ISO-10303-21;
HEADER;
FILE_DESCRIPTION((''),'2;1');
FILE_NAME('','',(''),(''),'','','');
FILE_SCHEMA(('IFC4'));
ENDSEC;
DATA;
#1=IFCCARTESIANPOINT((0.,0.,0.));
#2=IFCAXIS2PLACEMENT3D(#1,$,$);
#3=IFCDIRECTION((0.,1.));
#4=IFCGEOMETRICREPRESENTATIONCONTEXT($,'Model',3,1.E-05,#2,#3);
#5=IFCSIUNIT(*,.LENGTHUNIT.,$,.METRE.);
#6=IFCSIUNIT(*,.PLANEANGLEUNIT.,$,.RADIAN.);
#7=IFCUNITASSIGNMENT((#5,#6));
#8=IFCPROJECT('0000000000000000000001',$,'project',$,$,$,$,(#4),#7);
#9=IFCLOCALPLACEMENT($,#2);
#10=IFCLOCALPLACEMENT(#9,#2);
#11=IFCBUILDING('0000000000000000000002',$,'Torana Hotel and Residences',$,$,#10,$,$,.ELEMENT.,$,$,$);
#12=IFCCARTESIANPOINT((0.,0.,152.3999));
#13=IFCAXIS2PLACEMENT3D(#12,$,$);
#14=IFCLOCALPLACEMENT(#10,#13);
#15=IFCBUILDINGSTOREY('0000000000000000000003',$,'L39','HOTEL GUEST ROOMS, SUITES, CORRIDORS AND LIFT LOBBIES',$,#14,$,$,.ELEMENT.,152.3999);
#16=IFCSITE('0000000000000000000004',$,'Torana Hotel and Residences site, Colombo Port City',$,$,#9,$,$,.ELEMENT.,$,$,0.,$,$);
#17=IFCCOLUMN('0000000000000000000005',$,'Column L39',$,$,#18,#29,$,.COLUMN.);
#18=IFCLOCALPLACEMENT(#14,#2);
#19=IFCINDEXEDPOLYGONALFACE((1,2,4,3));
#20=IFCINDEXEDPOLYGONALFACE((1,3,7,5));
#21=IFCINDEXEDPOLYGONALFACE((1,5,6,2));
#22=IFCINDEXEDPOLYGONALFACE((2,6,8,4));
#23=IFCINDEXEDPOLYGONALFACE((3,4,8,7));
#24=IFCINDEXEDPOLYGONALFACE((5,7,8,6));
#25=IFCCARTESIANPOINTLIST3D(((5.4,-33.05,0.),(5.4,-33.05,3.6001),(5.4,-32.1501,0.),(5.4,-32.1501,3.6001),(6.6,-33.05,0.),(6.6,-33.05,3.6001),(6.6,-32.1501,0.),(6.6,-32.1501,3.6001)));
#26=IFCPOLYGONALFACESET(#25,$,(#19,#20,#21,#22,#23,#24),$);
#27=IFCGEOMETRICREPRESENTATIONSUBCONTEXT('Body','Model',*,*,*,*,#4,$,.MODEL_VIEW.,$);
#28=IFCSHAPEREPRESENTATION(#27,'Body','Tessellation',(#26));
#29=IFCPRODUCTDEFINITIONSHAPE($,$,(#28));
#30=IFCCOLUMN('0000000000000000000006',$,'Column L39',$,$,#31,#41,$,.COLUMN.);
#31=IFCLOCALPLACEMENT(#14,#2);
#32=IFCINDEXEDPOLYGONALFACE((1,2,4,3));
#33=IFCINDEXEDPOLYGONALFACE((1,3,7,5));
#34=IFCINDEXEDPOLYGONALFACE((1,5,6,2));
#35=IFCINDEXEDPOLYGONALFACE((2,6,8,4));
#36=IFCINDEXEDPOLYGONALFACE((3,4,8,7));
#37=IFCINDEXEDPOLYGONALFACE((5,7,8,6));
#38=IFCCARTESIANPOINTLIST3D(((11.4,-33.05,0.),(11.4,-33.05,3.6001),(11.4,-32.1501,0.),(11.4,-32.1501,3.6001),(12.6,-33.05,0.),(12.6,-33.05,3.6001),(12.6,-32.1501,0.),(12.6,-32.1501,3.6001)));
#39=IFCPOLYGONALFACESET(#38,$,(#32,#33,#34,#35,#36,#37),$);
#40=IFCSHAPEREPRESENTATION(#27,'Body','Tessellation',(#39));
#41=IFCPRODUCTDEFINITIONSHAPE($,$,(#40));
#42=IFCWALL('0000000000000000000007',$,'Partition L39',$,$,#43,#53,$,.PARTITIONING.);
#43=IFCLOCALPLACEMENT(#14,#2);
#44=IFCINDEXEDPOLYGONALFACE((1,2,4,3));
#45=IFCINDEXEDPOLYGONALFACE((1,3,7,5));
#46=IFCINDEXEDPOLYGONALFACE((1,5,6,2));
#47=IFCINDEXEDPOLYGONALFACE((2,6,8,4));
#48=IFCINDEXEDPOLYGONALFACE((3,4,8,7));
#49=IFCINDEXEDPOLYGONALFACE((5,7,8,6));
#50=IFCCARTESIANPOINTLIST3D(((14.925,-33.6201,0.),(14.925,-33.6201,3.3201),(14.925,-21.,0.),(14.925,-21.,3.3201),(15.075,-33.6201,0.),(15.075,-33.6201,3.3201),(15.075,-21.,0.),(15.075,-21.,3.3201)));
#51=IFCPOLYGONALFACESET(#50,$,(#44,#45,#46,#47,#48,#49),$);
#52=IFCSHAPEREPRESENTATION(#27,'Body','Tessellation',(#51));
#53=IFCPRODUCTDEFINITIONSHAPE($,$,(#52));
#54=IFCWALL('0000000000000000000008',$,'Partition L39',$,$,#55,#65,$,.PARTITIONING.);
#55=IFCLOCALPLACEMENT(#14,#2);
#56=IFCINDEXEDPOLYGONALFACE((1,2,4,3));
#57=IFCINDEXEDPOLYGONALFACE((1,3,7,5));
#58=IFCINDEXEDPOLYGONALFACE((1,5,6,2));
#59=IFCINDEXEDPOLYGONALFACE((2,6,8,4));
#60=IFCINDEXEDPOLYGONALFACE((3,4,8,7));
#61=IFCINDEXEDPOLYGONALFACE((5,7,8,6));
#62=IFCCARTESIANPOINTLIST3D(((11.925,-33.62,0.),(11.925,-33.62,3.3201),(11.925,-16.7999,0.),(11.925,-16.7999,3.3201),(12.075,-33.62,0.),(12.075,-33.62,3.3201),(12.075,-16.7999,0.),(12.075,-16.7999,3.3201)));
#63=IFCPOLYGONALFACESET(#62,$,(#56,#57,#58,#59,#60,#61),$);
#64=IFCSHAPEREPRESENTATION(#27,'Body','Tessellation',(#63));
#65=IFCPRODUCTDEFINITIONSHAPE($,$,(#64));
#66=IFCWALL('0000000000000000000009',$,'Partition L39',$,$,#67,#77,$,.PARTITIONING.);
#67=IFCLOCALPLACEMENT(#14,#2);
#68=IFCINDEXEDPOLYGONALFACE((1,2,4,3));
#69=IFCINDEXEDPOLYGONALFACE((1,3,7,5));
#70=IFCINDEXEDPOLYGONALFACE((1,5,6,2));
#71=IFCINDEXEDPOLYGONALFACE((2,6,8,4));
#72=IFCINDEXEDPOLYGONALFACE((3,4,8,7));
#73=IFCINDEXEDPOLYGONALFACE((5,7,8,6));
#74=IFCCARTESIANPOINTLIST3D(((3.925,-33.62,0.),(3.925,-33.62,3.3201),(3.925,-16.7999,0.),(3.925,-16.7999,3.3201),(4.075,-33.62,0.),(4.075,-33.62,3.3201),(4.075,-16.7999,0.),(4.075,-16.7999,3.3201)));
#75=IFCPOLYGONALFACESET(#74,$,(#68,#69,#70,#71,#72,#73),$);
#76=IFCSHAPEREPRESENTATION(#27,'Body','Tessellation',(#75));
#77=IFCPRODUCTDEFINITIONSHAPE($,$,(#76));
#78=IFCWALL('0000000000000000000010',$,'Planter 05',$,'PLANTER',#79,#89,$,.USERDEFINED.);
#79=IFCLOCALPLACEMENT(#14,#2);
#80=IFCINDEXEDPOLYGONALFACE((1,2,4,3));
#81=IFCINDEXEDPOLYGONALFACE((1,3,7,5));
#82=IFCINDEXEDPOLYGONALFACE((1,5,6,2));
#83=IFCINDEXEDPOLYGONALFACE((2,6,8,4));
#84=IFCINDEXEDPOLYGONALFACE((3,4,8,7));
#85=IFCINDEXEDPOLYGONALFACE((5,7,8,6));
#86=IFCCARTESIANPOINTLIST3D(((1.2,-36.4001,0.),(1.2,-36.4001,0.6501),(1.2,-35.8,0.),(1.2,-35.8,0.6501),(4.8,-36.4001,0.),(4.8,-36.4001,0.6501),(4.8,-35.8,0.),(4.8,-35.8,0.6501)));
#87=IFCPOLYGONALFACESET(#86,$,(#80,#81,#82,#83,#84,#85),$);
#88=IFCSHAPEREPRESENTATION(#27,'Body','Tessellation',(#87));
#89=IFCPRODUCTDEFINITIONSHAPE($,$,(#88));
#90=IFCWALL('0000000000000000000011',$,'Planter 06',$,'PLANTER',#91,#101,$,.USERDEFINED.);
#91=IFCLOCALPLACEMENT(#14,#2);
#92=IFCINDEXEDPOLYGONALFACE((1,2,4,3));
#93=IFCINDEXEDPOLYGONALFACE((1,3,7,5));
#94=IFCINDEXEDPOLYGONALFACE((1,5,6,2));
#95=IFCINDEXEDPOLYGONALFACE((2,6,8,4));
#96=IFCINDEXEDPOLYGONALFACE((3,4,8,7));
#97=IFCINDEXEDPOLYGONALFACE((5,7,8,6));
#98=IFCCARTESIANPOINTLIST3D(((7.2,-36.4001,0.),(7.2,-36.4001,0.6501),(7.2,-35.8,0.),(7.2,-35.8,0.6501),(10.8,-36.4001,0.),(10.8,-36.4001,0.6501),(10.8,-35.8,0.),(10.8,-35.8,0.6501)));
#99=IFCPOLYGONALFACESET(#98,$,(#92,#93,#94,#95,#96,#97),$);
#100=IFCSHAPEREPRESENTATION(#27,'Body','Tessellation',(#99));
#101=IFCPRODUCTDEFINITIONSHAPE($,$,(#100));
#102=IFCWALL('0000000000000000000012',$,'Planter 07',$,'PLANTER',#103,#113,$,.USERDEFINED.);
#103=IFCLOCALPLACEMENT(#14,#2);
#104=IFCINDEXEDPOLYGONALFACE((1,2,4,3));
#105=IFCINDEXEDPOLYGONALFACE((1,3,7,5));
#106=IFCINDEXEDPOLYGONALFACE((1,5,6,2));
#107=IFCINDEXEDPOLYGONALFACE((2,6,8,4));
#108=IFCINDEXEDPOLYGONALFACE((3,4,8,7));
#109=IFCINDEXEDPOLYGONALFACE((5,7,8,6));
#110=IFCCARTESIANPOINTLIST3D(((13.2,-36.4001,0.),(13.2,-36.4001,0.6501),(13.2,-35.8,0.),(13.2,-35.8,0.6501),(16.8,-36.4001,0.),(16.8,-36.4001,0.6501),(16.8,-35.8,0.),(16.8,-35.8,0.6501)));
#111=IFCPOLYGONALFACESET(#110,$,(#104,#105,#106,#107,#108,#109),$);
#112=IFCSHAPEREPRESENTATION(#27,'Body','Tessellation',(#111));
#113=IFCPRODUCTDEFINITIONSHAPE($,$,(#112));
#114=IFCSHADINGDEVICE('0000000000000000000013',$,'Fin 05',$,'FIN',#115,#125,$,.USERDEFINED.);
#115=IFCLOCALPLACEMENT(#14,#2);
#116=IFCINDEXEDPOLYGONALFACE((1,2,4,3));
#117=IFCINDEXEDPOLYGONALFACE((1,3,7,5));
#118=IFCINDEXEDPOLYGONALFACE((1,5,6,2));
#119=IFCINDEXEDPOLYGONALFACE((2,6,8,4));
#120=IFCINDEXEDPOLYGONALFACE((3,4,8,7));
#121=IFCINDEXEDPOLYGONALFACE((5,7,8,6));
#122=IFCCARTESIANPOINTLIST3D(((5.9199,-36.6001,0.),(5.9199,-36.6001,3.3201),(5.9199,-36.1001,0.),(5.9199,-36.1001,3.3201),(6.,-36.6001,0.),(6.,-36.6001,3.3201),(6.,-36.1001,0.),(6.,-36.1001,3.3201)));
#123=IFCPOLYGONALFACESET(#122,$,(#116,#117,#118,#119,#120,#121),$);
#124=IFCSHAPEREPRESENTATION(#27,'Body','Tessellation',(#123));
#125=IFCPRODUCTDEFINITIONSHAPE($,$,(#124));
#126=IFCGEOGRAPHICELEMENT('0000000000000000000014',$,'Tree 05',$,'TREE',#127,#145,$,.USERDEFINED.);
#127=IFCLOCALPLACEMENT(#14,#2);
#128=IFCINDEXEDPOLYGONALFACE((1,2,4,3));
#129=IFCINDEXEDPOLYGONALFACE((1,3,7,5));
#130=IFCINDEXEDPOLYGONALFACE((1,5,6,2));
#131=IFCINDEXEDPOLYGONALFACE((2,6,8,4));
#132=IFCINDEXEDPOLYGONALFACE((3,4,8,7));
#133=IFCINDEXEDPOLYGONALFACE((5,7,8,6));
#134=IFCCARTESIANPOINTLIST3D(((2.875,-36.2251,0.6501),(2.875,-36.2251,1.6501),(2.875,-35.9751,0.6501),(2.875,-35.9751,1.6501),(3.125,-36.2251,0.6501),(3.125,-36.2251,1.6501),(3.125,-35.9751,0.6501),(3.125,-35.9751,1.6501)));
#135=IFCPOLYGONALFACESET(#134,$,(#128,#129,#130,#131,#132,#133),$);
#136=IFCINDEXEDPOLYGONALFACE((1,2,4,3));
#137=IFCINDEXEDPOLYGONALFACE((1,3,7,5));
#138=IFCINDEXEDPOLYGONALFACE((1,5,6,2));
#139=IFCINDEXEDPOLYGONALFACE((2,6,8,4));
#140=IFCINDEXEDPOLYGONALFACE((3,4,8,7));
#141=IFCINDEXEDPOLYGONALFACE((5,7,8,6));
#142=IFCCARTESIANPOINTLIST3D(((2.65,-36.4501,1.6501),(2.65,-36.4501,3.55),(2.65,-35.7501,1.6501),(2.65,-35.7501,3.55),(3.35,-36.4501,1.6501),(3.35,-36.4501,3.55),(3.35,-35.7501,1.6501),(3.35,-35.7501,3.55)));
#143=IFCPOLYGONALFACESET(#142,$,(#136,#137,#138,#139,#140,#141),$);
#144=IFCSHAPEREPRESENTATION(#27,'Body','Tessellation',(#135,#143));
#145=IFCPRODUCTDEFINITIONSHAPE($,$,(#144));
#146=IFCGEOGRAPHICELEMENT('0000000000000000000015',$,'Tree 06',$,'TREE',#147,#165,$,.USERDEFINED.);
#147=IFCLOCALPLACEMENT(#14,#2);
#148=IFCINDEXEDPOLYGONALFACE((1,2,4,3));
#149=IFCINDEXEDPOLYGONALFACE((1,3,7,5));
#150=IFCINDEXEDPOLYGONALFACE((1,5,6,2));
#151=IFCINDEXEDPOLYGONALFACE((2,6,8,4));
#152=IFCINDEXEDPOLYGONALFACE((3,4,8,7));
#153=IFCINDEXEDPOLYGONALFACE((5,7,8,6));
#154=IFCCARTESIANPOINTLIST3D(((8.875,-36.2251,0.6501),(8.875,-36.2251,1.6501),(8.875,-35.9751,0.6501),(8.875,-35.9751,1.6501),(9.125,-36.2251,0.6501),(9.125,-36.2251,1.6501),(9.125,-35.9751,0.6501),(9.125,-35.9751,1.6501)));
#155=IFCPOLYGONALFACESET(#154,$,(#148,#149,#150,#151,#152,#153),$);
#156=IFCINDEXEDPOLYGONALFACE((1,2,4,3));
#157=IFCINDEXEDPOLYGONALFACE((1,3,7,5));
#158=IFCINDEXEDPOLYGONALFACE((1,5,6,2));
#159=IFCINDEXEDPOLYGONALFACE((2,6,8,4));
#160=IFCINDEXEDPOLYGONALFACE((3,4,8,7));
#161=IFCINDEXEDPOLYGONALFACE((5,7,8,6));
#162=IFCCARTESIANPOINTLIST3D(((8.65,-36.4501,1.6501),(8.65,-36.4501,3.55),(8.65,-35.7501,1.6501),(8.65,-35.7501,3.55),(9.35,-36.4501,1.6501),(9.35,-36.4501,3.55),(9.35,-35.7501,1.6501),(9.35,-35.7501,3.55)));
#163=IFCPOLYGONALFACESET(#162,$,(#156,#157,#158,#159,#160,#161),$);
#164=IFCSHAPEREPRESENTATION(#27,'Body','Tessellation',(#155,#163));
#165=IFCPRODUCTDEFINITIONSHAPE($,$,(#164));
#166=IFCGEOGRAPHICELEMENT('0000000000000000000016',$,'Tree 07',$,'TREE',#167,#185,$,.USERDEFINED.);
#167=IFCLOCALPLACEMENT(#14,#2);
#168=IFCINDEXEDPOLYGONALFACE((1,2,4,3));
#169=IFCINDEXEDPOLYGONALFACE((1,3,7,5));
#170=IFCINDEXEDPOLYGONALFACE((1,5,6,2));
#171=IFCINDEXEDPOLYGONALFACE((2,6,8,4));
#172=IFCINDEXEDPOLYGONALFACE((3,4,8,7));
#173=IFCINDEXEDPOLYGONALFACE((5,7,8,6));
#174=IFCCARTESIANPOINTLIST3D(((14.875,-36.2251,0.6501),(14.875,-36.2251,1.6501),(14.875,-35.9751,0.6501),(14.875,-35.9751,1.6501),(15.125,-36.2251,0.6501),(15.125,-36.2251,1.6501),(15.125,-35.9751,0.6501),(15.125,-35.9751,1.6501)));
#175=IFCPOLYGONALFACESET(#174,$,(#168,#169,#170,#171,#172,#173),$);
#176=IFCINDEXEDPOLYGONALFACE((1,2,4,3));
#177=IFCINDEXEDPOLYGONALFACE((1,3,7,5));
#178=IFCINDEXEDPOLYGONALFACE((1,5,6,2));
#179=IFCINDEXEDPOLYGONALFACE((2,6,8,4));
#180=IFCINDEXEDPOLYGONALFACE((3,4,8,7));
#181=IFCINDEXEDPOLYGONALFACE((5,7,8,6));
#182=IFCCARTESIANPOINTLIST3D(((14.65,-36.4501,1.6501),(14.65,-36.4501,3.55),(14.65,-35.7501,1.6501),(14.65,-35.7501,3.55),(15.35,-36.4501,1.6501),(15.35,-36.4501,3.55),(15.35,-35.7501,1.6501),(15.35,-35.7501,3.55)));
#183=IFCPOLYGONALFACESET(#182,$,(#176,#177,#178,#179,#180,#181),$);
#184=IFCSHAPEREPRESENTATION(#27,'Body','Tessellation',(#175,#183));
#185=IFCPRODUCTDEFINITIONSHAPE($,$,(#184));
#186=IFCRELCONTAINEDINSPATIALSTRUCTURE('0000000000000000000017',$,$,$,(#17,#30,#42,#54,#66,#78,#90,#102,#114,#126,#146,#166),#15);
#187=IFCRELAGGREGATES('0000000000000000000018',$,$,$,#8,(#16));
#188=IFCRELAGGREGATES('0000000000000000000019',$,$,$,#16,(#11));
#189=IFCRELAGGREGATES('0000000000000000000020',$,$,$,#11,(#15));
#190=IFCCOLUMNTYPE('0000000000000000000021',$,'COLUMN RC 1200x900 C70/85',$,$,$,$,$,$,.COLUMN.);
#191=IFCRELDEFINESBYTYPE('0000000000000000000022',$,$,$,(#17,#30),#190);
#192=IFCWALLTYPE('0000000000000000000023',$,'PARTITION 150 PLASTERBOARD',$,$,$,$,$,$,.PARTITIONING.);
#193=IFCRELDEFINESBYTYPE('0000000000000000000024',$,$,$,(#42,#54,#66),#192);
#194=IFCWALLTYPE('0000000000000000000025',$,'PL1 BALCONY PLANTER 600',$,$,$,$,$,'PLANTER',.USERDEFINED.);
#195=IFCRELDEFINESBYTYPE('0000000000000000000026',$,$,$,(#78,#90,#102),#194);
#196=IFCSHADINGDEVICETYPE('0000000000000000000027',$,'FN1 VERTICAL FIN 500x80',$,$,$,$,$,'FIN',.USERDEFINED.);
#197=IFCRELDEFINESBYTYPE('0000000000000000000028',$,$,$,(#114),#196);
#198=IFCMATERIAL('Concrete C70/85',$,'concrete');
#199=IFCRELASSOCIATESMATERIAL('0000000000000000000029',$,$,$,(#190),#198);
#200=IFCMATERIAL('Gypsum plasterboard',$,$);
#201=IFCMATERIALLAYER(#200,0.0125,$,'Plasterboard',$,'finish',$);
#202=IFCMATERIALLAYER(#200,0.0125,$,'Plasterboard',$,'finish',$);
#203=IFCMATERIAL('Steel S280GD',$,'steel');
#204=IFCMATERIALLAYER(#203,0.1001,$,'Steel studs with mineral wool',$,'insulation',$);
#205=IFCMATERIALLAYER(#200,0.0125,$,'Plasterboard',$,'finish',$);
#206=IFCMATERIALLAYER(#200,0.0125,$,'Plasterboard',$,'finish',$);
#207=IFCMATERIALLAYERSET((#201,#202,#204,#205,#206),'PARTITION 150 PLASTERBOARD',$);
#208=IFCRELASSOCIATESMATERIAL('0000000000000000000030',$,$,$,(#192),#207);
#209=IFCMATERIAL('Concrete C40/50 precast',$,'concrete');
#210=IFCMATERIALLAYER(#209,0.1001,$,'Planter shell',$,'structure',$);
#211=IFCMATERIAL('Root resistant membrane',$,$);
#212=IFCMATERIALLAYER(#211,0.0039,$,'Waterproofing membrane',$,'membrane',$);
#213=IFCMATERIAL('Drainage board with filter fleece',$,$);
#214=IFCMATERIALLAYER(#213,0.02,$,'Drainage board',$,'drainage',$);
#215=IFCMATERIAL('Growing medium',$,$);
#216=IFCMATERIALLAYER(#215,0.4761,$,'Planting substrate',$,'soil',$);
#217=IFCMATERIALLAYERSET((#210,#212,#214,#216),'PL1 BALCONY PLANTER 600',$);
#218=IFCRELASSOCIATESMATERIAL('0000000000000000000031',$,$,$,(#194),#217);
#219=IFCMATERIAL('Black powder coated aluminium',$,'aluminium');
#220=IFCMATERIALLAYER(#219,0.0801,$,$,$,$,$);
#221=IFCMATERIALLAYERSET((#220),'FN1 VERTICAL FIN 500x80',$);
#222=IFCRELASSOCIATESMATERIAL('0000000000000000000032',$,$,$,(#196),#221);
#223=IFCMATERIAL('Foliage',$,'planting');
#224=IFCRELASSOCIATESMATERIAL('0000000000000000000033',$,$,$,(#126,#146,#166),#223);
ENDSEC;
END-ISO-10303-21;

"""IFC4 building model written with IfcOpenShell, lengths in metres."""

from ifc_helpers import new_model, si_unit, direction, frame, frame_2d, origin, origin_2d, place, context, subcontext, project, spatial, rectangle, extrude, material, layer, layer_set, material_profile, profile_set, type_object, element, save


model = new_model("IFC4")

# Units and contexts
model_context = context("Model", 3, precision=1e-05, world=origin(), true_north=direction((0.0, 1.0)))
body_context = subcontext(model_context, "Body", "Model", "MODEL_VIEW")
ifc_project = project(units=[si_unit("LENGTHUNIT", "METRE"), si_unit("PLANEANGLEUNIT", "RADIAN")], contexts=[model_context])

# Site, building, storey
site_placement = place(None, origin())
site = spatial("IfcSite", under=ifc_project, at=site_placement, Name="Torana Hotel and Residences site, Colombo Port City", CompositionType="ELEMENT", RefElevation=0.0)
building_placement = place(site_placement, origin())
building = spatial("IfcBuilding", under=site, at=building_placement, Name="Torana Hotel and Residences", CompositionType="ELEMENT")
storey_placement = place(building_placement, frame((0.0, 0.0, 152.3999)))
storey = spatial("IfcBuildingStorey", under=building, at=storey_placement, Name="L39", Description="HOTEL GUEST ROOMS, SUITES, CORRIDORS AND LIFT LOBBIES", CompositionType="ELEMENT", Elevation=152.3999)

# Columns
ifc_material_1 = material(Name="Concrete C70/85", Category="concrete")
ifc_material_profile = material_profile(ifc_material_1, rectangle(XDim=1.2, YDim=0.8999, at=origin_2d()), Name="RC 1200x900")
ifc_profile_set = profile_set([ifc_material_profile], Name="Concrete C70/85")
column_type = type_object("IfcColumnType", Name="COLUMN RC 1200x900 C70/85", PredefinedType="COLUMN", material=ifc_profile_set)
for number, where, z_axis, x_axis, name in (
    (1, (6.0, -32.6001, 0.0), (0.0, 0.0, 1.0), (1.0, 0.0, 0.0), "Column L39"),
    (2, (12.0, -32.6001, 0.0), (0.0, 0.0, 1.0), (1.0, 0.0, 0.0), "Column L39"),
):
    element("IfcColumn", number, at=place(storey_placement, frame(where, z_axis=z_axis, x_axis=x_axis)), inside=storey, type_object=column_type, Name=name, PredefinedType="COLUMN", context=body_context, shape_type="SweptSolid", body=[
        extrude(rectangle(XDim=1.2, YDim=0.8999, at=origin_2d()), origin(), (0.0, 0.0, 1.0), 3.6001),
    ])

# Walls
ifc_material_2 = material(Name="Gypsum plasterboard")
ifc_layer_1 = layer(ifc_material_2, 0.0125, Name="Plasterboard", Category="finish")
ifc_layer_2 = layer(ifc_material_2, 0.0125, Name="Plasterboard", Category="finish")
ifc_material_3 = material(Name="Steel S280GD", Category="steel")
ifc_layer_3 = layer(ifc_material_3, 0.1001, Name="Steel studs with mineral wool", Category="insulation")
ifc_layer_4 = layer(ifc_material_2, 0.0125, Name="Plasterboard", Category="finish")
ifc_layer_5 = layer(ifc_material_2, 0.0125, Name="Plasterboard", Category="finish")
ifc_layer_set_1 = layer_set([ifc_layer_1, ifc_layer_2, ifc_layer_3, ifc_layer_4, ifc_layer_5], Name="PARTITION 150 PLASTERBOARD")
wall_type_1 = type_object("IfcWallType", Name="PARTITION 150 PLASTERBOARD", PredefinedType="PARTITIONING", material=ifc_layer_set_1)
wall_placement = place(storey_placement, frame((15.0, -33.6201, 0.0), z_axis=(0.0, 0.0, 1.0), x_axis=(0.0, 1.0, 0.0)))
element("IfcWall", 3, at=wall_placement, inside=storey, type_object=wall_type_1, Name="Partition L39", PredefinedType="PARTITIONING", context=body_context, shape_type="SweptSolid", body=[
    extrude(rectangle(XDim=12.6201, YDim=0.1499, at=frame_2d((6.3101, 0.0))), origin(), (0.0, 0.0, 1.0), 3.3201),
])
for number, where, z_axis, x_axis, name in (
    (4, (12.0, -33.6201, 0.0), (0.0, 0.0, 1.0), (0.0, 1.0, 0.0), "Partition L39"),
    (5, (4.0, -33.6201, 0.0), (0.0, 0.0, 1.0), (0.0, 1.0, 0.0), "Partition L39"),
):
    element("IfcWall", number, at=place(storey_placement, frame(where, z_axis=z_axis, x_axis=x_axis)), inside=storey, type_object=wall_type_1, Name=name, PredefinedType="PARTITIONING", context=body_context, shape_type="SweptSolid", body=[
        extrude(rectangle(XDim=16.8201, YDim=0.1499, at=frame_2d((8.4102, 0.0))), origin(), (0.0, 0.0, 1.0), 3.3201),
    ])
ifc_material_4 = material(Name="Concrete C40/50 precast", Category="concrete")
ifc_layer_6 = layer(ifc_material_4, 0.1001, Name="Planter shell", Category="structure")
ifc_material_5 = material(Name="Root resistant membrane")
ifc_layer_7 = layer(ifc_material_5, 0.0039, Name="Waterproofing membrane", Category="membrane")
ifc_material_6 = material(Name="Drainage board with filter fleece")
ifc_layer_8 = layer(ifc_material_6, 0.02, Name="Drainage board", Category="drainage")
ifc_material_7 = material(Name="Growing medium")
ifc_layer_9 = layer(ifc_material_7, 0.4761, Name="Planting substrate", Category="soil")
ifc_layer_set_2 = layer_set([ifc_layer_6, ifc_layer_7, ifc_layer_8, ifc_layer_9], Name="PL1 BALCONY PLANTER 600")
wall_type_2 = type_object("IfcWallType", Name="PL1 BALCONY PLANTER 600", ElementType="PLANTER", PredefinedType="USERDEFINED", material=ifc_layer_set_2)
for number, where, z_axis, x_axis, name in (
    (6, (4.8, -36.1001, 0.0), (0.0, 0.0, 1.0), (-1.0, 0.0, 0.0), "Planter 05"),
    (7, (10.8, -36.1001, 0.0), (0.0, 0.0, 1.0), (-1.0, 0.0, 0.0), "Planter 06"),
    (8, (16.8, -36.1001, 0.0), (0.0, 0.0, 1.0), (-1.0, 0.0, 0.0), "Planter 07"),
):
    element("IfcWall", number, at=place(storey_placement, frame(where, z_axis=z_axis, x_axis=x_axis)), inside=storey, type_object=wall_type_2, Name=name, ObjectType="PLANTER", PredefinedType="USERDEFINED", context=body_context, shape_type="SweptSolid", body=[
        extrude(rectangle(XDim=3.6001, YDim=0.6001, at=frame_2d((1.8, 0.0))), origin(), (0.0, 0.0, 1.0), 0.6501),
    ])

# Shading device
ifc_material_8 = material(Name="Black powder coated aluminium", Category="aluminium")
ifc_layer_10 = layer(ifc_material_8, 0.0801)
ifc_layer_set_3 = layer_set([ifc_layer_10], Name="FN1 VERTICAL FIN 500x80")
shading_device_type = type_object("IfcShadingDeviceType", Name="FN1 VERTICAL FIN 500x80", ElementType="FIN", PredefinedType="USERDEFINED", material=ifc_layer_set_3)
shading_device_placement = place(storey_placement, frame((5.96, -36.3501, 0.0), z_axis=(0.0, 0.0, 1.0), x_axis=(-1.0, 0.0, 0.0)))
element("IfcShadingDevice", 9, at=shading_device_placement, inside=storey, type_object=shading_device_type, Name="Fin 05", ObjectType="FIN", PredefinedType="USERDEFINED", context=body_context, shape_type="SweptSolid", body=[
    extrude(rectangle(XDim=0.0801, YDim=0.5, at=origin_2d()), origin(), (0.0, 0.0, 1.0), 3.3201),
])

# Geographic elements
ifc_material_9 = material(Name="Foliage", Category="planting")
for number, where, z_axis, x_axis, name in (
    (10, (3.0, -36.1001, 0.6501), (0.0, 0.0, 1.0), (1.0, 0.0, 0.0), "Tree 05"),
    (11, (9.0, -36.1001, 0.6501), (0.0, 0.0, 1.0), (1.0, 0.0, 0.0), "Tree 06"),
    (12, (15.0, -36.1001, 0.6501), (0.0, 0.0, 1.0), (1.0, 0.0, 0.0), "Tree 07"),
):
    element("IfcGeographicElement", number, at=place(storey_placement, frame(where, z_axis=z_axis, x_axis=x_axis)), inside=storey, material=ifc_material_9, Name=name, ObjectType="TREE", PredefinedType="USERDEFINED", context=body_context, shape_type="SweptSolid", body=[
        extrude(rectangle(XDim=0.25, YDim=0.25, at=origin_2d()), origin(), (0.0, 0.0, 1.0), 1.0),
        extrude(rectangle(XDim=0.7, YDim=0.7, at=origin_2d()), frame((0.0, 0.0, 1.0)), (0.0, 0.0, 1.0), 1.8999),
    ])

save(model, "model.ifc")
